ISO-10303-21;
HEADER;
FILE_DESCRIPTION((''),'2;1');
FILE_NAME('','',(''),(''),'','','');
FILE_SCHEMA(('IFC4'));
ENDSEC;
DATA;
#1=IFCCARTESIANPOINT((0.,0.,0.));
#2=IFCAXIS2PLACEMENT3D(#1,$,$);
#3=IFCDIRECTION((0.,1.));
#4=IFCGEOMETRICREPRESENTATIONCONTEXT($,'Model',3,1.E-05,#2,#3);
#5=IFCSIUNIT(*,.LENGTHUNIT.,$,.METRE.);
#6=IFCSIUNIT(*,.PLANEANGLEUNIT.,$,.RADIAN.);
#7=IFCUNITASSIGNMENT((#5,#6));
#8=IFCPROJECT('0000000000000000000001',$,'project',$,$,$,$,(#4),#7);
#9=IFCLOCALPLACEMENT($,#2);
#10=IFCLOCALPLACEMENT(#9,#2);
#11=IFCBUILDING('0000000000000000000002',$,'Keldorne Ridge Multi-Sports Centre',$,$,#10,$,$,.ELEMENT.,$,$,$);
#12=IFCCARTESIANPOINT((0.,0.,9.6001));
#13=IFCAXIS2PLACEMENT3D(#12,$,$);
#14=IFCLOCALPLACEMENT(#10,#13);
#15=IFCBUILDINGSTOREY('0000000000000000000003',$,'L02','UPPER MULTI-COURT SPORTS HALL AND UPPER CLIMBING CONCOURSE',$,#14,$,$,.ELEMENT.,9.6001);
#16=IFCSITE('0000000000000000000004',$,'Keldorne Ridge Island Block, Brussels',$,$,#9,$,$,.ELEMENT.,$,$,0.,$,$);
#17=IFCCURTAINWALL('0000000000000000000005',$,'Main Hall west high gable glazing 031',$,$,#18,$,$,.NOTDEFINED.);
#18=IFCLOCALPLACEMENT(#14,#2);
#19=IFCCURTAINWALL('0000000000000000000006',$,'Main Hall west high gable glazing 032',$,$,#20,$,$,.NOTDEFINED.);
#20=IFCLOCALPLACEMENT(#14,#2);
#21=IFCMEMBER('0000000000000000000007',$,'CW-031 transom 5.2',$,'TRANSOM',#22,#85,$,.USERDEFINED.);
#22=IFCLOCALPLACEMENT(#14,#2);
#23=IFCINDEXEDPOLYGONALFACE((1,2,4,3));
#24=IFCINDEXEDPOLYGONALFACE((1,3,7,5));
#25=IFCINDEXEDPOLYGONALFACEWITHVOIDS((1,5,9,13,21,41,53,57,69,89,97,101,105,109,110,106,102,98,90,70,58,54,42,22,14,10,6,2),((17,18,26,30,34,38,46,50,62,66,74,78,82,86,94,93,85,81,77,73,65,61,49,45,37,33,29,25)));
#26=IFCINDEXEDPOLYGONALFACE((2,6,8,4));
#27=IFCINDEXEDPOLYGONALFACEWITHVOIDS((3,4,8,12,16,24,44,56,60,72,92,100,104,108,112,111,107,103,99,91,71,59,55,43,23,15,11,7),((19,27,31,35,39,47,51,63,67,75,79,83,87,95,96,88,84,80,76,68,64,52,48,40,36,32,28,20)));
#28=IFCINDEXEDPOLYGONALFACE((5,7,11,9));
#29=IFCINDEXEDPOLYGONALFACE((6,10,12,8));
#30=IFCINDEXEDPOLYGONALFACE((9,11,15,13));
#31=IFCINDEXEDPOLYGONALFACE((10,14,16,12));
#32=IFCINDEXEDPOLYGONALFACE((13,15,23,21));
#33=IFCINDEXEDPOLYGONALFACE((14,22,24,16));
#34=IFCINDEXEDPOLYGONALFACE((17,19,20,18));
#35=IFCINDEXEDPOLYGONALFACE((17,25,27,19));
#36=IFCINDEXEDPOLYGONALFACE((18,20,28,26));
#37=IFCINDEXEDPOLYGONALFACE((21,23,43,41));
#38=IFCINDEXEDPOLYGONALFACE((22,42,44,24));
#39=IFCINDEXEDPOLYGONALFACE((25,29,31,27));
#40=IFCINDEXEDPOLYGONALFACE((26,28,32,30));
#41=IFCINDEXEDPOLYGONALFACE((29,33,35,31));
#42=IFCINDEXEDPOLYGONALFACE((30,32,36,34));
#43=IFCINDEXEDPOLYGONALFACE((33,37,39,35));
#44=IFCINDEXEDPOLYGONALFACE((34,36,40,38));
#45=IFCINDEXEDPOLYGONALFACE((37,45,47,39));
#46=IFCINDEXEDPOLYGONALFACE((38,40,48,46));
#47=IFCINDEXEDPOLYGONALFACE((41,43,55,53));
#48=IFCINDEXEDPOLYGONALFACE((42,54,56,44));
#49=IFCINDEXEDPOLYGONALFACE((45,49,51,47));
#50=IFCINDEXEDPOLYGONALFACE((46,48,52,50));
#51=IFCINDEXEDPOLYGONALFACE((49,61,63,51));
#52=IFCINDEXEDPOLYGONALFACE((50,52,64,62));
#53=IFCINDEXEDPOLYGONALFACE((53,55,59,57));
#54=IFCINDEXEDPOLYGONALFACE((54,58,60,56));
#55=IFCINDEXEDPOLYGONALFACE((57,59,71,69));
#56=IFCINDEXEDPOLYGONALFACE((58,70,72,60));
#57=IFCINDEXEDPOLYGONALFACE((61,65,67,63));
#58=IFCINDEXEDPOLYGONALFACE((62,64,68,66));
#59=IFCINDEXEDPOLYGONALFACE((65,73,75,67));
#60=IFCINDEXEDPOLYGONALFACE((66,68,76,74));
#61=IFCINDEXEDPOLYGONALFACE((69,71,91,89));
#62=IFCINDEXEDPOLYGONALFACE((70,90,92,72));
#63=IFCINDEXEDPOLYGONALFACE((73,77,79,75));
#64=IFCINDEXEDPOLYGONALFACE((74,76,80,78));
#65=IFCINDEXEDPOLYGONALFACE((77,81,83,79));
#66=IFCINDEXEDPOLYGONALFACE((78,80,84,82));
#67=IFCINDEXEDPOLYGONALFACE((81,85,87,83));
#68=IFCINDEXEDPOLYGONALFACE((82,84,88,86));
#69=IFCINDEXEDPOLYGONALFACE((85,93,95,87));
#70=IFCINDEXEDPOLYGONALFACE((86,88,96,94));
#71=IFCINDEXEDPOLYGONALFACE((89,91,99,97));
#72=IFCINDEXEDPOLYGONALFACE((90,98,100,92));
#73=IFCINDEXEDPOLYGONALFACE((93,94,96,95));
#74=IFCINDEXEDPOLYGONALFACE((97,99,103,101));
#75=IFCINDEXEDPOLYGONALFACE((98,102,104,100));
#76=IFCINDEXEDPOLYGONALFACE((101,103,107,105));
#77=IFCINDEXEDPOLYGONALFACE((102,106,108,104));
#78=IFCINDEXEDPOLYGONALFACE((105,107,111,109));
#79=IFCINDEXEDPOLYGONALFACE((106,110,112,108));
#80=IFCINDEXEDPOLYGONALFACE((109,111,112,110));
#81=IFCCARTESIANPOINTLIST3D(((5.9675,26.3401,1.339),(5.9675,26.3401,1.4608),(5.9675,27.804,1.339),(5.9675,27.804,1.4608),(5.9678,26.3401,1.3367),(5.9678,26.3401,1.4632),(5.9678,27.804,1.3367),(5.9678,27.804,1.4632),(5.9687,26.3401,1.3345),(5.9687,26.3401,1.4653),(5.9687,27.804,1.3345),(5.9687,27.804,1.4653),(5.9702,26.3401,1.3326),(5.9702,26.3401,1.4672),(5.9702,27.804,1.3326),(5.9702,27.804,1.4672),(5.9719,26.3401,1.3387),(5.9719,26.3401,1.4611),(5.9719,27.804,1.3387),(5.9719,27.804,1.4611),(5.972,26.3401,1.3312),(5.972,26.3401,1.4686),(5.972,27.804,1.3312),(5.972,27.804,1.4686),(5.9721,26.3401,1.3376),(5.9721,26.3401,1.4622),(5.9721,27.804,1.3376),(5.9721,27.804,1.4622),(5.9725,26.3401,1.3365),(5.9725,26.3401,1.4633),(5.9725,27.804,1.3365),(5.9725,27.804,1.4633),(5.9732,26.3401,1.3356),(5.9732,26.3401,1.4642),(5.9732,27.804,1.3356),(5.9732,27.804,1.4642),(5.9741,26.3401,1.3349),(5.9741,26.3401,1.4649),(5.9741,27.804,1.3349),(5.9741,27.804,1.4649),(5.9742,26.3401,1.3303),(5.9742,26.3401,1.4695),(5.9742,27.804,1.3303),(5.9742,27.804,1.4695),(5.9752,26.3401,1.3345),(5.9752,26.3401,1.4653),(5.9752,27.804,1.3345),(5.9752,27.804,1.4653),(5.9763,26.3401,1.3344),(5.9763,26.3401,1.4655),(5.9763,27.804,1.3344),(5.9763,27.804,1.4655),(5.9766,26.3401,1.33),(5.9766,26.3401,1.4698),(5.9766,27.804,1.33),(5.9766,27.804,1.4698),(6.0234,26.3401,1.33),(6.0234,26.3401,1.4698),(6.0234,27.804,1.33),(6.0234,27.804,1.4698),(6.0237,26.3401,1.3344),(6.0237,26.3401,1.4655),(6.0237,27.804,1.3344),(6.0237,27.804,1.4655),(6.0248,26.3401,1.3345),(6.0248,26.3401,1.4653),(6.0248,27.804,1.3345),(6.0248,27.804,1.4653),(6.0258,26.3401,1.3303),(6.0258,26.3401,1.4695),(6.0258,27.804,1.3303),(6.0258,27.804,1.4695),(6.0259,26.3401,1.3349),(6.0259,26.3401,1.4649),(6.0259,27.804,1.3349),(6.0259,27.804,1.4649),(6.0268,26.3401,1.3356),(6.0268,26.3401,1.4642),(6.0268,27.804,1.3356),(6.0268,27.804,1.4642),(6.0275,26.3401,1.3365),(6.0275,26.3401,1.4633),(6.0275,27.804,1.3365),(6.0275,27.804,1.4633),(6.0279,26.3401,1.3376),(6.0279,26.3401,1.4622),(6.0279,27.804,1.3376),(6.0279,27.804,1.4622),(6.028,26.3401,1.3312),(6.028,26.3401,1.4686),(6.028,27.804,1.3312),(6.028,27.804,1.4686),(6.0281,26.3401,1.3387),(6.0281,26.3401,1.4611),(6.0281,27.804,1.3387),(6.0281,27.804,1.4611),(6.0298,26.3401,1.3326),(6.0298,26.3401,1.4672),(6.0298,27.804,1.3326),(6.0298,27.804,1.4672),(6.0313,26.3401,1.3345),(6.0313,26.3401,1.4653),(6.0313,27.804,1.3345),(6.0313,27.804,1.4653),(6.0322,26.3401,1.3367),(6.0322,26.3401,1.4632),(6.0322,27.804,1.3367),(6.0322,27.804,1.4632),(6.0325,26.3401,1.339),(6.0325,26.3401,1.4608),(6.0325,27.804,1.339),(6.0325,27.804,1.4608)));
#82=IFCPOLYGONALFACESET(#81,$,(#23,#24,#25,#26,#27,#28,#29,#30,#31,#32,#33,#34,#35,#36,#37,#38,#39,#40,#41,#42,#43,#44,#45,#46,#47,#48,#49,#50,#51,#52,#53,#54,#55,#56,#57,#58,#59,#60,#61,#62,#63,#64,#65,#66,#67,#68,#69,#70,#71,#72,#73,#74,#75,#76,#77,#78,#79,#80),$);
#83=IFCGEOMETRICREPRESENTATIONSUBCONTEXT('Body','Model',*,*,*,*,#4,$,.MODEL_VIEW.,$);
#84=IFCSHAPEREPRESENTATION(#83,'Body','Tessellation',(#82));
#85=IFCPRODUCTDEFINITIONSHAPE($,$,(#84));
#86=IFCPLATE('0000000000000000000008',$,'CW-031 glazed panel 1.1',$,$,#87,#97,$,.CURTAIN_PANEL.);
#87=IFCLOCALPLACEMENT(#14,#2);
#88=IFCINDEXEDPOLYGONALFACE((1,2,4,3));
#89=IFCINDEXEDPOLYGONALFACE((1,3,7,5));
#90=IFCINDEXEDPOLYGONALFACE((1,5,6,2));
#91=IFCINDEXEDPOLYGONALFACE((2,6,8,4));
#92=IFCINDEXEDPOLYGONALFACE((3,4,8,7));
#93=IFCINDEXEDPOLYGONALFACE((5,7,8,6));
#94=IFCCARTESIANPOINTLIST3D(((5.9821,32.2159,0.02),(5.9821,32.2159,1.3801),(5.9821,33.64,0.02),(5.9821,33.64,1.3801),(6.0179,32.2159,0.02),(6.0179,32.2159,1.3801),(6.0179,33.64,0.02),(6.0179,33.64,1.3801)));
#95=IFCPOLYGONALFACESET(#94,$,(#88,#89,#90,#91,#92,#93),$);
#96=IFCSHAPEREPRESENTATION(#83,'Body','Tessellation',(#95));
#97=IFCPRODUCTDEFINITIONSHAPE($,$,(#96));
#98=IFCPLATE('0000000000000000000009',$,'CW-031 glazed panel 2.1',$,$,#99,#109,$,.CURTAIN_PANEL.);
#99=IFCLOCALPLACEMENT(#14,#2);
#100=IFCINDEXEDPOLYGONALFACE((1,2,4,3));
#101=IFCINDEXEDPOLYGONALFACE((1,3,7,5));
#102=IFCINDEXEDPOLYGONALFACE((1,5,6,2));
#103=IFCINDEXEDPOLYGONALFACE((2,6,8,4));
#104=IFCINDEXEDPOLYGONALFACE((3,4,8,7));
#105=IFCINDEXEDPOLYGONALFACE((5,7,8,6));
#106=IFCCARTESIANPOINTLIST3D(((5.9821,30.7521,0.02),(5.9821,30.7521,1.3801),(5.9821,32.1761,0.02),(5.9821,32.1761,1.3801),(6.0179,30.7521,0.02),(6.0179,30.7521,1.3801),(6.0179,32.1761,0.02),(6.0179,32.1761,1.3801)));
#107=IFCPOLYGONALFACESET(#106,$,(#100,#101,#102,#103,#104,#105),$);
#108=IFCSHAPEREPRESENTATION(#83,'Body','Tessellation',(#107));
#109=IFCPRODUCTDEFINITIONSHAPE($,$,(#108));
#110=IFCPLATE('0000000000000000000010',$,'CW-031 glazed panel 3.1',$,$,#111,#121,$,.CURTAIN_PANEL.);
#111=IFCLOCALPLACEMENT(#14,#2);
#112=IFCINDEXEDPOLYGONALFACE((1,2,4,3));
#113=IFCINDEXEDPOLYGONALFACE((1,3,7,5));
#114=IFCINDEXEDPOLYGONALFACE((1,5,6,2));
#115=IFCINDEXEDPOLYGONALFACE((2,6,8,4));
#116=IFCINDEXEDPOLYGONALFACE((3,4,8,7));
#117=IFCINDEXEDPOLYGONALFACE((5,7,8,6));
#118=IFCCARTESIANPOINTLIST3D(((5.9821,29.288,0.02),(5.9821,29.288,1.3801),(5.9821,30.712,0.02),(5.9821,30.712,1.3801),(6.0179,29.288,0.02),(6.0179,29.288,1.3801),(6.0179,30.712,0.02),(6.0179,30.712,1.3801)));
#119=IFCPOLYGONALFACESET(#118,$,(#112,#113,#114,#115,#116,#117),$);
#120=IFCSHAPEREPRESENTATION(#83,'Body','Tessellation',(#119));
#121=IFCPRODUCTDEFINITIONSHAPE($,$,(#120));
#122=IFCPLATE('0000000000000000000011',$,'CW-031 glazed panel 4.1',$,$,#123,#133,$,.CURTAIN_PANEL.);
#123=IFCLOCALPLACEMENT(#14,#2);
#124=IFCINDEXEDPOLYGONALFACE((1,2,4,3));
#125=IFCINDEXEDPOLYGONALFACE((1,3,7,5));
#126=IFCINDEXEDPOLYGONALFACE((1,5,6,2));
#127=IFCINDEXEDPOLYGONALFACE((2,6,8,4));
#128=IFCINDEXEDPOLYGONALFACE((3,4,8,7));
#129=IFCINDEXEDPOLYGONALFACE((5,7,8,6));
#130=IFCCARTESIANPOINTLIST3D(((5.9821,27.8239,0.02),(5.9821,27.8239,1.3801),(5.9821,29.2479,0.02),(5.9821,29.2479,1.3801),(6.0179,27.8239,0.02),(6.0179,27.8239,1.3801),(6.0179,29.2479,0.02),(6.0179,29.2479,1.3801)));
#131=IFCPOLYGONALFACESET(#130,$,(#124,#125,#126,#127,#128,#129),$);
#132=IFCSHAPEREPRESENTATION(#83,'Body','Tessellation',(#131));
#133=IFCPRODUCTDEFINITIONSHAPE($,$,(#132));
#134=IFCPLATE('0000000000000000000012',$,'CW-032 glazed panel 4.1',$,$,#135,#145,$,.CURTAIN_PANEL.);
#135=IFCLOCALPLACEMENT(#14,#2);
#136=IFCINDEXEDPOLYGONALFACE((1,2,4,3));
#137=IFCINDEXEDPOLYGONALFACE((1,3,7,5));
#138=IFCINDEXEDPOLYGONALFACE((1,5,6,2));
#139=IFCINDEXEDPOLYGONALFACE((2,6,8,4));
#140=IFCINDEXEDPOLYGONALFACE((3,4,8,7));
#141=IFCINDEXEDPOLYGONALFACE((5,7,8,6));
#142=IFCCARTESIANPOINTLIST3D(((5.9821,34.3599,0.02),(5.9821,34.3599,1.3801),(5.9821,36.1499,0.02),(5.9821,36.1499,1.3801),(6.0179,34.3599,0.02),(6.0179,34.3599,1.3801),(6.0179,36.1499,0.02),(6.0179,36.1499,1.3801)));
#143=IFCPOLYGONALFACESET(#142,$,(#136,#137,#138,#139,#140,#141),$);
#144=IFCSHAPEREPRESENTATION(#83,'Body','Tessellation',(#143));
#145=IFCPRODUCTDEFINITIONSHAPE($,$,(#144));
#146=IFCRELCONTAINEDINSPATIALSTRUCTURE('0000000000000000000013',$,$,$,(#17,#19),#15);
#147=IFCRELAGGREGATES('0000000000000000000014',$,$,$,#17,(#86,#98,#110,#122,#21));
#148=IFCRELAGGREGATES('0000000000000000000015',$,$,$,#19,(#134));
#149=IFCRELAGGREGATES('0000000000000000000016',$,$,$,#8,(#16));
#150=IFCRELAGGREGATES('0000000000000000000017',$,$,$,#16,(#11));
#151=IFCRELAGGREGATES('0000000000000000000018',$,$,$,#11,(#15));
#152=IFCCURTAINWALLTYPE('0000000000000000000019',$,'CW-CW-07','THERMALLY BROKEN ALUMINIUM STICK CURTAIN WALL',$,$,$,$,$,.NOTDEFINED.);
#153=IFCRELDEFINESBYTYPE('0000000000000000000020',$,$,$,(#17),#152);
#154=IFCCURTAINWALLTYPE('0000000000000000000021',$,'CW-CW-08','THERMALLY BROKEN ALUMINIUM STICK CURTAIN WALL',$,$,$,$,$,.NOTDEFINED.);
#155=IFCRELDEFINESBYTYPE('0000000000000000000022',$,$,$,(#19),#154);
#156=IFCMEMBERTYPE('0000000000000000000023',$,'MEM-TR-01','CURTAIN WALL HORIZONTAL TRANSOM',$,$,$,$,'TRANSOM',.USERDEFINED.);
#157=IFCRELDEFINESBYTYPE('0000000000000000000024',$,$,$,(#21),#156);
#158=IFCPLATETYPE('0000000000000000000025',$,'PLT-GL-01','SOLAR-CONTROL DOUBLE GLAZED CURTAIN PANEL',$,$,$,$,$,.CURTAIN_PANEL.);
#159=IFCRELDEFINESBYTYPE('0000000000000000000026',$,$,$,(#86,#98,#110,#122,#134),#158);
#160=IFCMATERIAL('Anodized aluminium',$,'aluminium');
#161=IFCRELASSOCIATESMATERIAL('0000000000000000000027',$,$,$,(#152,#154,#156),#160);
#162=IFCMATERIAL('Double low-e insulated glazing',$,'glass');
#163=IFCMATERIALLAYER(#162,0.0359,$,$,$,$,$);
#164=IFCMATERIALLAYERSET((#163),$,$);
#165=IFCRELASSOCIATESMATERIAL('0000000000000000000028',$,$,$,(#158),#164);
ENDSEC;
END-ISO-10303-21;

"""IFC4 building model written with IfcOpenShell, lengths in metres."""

from ifc_helpers import new_model, si_unit, direction, frame, origin, origin_2d, place, context, subcontext, project, spatial, rectangle, hollow_rectangle, extrude, material, layer, layer_set, material_profile, profile_set, type_object, element, aggregate, save


model = new_model("IFC4")

# Units and contexts
model_context = context("Model", 3, precision=1e-05, world=origin(), true_north=direction((0.0, 1.0)))
body_context = subcontext(model_context, "Body", "Model", "MODEL_VIEW")
ifc_project = project(units=[si_unit("LENGTHUNIT", "METRE"), si_unit("PLANEANGLEUNIT", "RADIAN")], contexts=[model_context])

# Site, building, storey
site_placement = place(None, origin())
site = spatial("IfcSite", under=ifc_project, at=site_placement, Name="Keldorne Ridge Island Block, Brussels", CompositionType="ELEMENT", RefElevation=0.0)
building_placement = place(site_placement, origin())
building = spatial("IfcBuilding", under=site, at=building_placement, Name="Keldorne Ridge Multi-Sports Centre", CompositionType="ELEMENT")
storey_placement = place(building_placement, frame((0.0, 0.0, 9.6001)))
storey = spatial("IfcBuildingStorey", under=building, at=storey_placement, Name="L02", Description="UPPER MULTI-COURT SPORTS HALL AND UPPER CLIMBING CONCOURSE", CompositionType="ELEMENT", Elevation=9.6001)

# Curtain wall
ifc_material_1 = material(Name="Anodized aluminium", Category="aluminium")
curtain_wall_type_1 = type_object("IfcCurtainWallType", Name="CW-CW-07", Description="THERMALLY BROKEN ALUMINIUM STICK CURTAIN WALL", PredefinedType="NOTDEFINED", material=ifc_material_1)
curtain_wall_1_placement = place(storey_placement, origin())
curtain_wall_1 = element("IfcCurtainWall", 1, at=curtain_wall_1_placement, inside=storey, type_object=curtain_wall_type_1, Name="Main Hall west high gable glazing 031", PredefinedType="NOTDEFINED")

# Curtain wall
curtain_wall_type_2 = type_object("IfcCurtainWallType", Name="CW-CW-08", Description="THERMALLY BROKEN ALUMINIUM STICK CURTAIN WALL", PredefinedType="NOTDEFINED", material=ifc_material_1)
curtain_wall_2_placement = place(storey_placement, origin())
curtain_wall_2 = element("IfcCurtainWall", 2, at=curtain_wall_2_placement, inside=storey, type_object=curtain_wall_type_2, Name="Main Hall west high gable glazing 032", PredefinedType="NOTDEFINED")

# Member
ifc_material_profile_1 = material_profile(ifc_material_1, hollow_rectangle(XDim=0.0649, YDim=0.1399, WallThickness=0.0044, InnerFilletRadius=0.0044, OuterFilletRadius=0.009, at=origin_2d()), Name="ALU TRANSOM 140x65x4.5")
ifc_profile_set_1 = profile_set([ifc_material_profile_1], Name="Anodized aluminium")
member_type_1 = type_object("IfcMemberType", Name="MEM-TR-01", Description="CURTAIN WALL HORIZONTAL TRANSOM", ElementType="TRANSOM", PredefinedType="USERDEFINED", material=ifc_profile_set_1)
member_1_placement = place(storey_placement, frame((6.0, 27.804, 1.3999), z_axis=(0.0, -1.0, 0.0), x_axis=(1.0, 0.0, 0.0)))
member_1 = element("IfcMember", 3, at=member_1_placement, type_object=member_type_1, Name="CW-031 transom 5.2", ObjectType="TRANSOM", PredefinedType="USERDEFINED", context=body_context, shape_type="SweptSolid", body=[
    extrude(hollow_rectangle(XDim=0.0649, YDim=0.1399, WallThickness=0.0044, InnerFilletRadius=0.0044, OuterFilletRadius=0.009, at=origin_2d()), origin(), (0.0, 0.0, 1.0), 1.4639),
])

# Plates
ifc_material_2 = material(Name="Double low-e insulated glazing", Category="glass")
ifc_layer = layer(ifc_material_2, 0.0359)
ifc_layer_set = layer_set([ifc_layer])
plate_type = type_object("IfcPlateType", Name="PLT-GL-01", Description="SOLAR-CONTROL DOUBLE GLAZED CURTAIN PANEL", PredefinedType="CURTAIN_PANEL", material=ifc_layer_set)
plate_1_placement = place(storey_placement, frame((6.0, 32.928, 0.02), z_axis=(0.0, 0.0, 1.0), x_axis=(0.0, -1.0, 0.0)))
plate_1 = element("IfcPlate", 4, at=plate_1_placement, type_object=plate_type, Name="CW-031 glazed panel 1.1", PredefinedType="CURTAIN_PANEL", context=body_context, shape_type="SweptSolid", body=[
    extrude(rectangle(XDim=1.4241, YDim=0.0359, at=origin_2d()), origin(), (0.0, 0.0, 1.0), 1.3601),
])
plate_2_placement = place(storey_placement, frame((6.0, 31.4641, 0.02), z_axis=(0.0, 0.0, 1.0), x_axis=(0.0, -1.0, 0.0)))
plate_2 = element("IfcPlate", 5, at=plate_2_placement, type_object=plate_type, Name="CW-031 glazed panel 2.1", PredefinedType="CURTAIN_PANEL", context=body_context, shape_type="SweptSolid", body=[
    extrude(rectangle(XDim=1.4241, YDim=0.0359, at=origin_2d()), origin(), (0.0, 0.0, 1.0), 1.3601),
])
plate_3_placement = place(storey_placement, frame((6.0, 30.0, 0.02), z_axis=(0.0, 0.0, 1.0), x_axis=(0.0, -1.0, 0.0)))
plate_3 = element("IfcPlate", 6, at=plate_3_placement, type_object=plate_type, Name="CW-031 glazed panel 3.1", PredefinedType="CURTAIN_PANEL", context=body_context, shape_type="SweptSolid", body=[
    extrude(rectangle(XDim=1.4241, YDim=0.0359, at=origin_2d()), origin(), (0.0, 0.0, 1.0), 1.3601),
])
plate_4_placement = place(storey_placement, frame((6.0, 28.5359, 0.02), z_axis=(0.0, 0.0, 1.0), x_axis=(0.0, -1.0, 0.0)))
plate_4 = element("IfcPlate", 7, at=plate_4_placement, type_object=plate_type, Name="CW-031 glazed panel 4.1", PredefinedType="CURTAIN_PANEL", context=body_context, shape_type="SweptSolid", body=[
    extrude(rectangle(XDim=1.4241, YDim=0.0359, at=origin_2d()), origin(), (0.0, 0.0, 1.0), 1.3601),
])
aggregate(curtain_wall_1, [plate_1, plate_2, plate_3, plate_4, member_1])
plate_5_placement = place(storey_placement, frame((6.0, 35.2549, 0.02), z_axis=(0.0, 0.0, 1.0), x_axis=(0.0, -1.0, 0.0)))
plate_5 = element("IfcPlate", 8, at=plate_5_placement, type_object=plate_type, Name="CW-032 glazed panel 4.1", PredefinedType="CURTAIN_PANEL", context=body_context, shape_type="SweptSolid", body=[
    extrude(rectangle(XDim=1.79, YDim=0.0359, at=origin_2d()), origin(), (0.0, 0.0, 1.0), 1.3601),
])
aggregate(curtain_wall_2, [plate_5])

save(model, "model.ifc")
